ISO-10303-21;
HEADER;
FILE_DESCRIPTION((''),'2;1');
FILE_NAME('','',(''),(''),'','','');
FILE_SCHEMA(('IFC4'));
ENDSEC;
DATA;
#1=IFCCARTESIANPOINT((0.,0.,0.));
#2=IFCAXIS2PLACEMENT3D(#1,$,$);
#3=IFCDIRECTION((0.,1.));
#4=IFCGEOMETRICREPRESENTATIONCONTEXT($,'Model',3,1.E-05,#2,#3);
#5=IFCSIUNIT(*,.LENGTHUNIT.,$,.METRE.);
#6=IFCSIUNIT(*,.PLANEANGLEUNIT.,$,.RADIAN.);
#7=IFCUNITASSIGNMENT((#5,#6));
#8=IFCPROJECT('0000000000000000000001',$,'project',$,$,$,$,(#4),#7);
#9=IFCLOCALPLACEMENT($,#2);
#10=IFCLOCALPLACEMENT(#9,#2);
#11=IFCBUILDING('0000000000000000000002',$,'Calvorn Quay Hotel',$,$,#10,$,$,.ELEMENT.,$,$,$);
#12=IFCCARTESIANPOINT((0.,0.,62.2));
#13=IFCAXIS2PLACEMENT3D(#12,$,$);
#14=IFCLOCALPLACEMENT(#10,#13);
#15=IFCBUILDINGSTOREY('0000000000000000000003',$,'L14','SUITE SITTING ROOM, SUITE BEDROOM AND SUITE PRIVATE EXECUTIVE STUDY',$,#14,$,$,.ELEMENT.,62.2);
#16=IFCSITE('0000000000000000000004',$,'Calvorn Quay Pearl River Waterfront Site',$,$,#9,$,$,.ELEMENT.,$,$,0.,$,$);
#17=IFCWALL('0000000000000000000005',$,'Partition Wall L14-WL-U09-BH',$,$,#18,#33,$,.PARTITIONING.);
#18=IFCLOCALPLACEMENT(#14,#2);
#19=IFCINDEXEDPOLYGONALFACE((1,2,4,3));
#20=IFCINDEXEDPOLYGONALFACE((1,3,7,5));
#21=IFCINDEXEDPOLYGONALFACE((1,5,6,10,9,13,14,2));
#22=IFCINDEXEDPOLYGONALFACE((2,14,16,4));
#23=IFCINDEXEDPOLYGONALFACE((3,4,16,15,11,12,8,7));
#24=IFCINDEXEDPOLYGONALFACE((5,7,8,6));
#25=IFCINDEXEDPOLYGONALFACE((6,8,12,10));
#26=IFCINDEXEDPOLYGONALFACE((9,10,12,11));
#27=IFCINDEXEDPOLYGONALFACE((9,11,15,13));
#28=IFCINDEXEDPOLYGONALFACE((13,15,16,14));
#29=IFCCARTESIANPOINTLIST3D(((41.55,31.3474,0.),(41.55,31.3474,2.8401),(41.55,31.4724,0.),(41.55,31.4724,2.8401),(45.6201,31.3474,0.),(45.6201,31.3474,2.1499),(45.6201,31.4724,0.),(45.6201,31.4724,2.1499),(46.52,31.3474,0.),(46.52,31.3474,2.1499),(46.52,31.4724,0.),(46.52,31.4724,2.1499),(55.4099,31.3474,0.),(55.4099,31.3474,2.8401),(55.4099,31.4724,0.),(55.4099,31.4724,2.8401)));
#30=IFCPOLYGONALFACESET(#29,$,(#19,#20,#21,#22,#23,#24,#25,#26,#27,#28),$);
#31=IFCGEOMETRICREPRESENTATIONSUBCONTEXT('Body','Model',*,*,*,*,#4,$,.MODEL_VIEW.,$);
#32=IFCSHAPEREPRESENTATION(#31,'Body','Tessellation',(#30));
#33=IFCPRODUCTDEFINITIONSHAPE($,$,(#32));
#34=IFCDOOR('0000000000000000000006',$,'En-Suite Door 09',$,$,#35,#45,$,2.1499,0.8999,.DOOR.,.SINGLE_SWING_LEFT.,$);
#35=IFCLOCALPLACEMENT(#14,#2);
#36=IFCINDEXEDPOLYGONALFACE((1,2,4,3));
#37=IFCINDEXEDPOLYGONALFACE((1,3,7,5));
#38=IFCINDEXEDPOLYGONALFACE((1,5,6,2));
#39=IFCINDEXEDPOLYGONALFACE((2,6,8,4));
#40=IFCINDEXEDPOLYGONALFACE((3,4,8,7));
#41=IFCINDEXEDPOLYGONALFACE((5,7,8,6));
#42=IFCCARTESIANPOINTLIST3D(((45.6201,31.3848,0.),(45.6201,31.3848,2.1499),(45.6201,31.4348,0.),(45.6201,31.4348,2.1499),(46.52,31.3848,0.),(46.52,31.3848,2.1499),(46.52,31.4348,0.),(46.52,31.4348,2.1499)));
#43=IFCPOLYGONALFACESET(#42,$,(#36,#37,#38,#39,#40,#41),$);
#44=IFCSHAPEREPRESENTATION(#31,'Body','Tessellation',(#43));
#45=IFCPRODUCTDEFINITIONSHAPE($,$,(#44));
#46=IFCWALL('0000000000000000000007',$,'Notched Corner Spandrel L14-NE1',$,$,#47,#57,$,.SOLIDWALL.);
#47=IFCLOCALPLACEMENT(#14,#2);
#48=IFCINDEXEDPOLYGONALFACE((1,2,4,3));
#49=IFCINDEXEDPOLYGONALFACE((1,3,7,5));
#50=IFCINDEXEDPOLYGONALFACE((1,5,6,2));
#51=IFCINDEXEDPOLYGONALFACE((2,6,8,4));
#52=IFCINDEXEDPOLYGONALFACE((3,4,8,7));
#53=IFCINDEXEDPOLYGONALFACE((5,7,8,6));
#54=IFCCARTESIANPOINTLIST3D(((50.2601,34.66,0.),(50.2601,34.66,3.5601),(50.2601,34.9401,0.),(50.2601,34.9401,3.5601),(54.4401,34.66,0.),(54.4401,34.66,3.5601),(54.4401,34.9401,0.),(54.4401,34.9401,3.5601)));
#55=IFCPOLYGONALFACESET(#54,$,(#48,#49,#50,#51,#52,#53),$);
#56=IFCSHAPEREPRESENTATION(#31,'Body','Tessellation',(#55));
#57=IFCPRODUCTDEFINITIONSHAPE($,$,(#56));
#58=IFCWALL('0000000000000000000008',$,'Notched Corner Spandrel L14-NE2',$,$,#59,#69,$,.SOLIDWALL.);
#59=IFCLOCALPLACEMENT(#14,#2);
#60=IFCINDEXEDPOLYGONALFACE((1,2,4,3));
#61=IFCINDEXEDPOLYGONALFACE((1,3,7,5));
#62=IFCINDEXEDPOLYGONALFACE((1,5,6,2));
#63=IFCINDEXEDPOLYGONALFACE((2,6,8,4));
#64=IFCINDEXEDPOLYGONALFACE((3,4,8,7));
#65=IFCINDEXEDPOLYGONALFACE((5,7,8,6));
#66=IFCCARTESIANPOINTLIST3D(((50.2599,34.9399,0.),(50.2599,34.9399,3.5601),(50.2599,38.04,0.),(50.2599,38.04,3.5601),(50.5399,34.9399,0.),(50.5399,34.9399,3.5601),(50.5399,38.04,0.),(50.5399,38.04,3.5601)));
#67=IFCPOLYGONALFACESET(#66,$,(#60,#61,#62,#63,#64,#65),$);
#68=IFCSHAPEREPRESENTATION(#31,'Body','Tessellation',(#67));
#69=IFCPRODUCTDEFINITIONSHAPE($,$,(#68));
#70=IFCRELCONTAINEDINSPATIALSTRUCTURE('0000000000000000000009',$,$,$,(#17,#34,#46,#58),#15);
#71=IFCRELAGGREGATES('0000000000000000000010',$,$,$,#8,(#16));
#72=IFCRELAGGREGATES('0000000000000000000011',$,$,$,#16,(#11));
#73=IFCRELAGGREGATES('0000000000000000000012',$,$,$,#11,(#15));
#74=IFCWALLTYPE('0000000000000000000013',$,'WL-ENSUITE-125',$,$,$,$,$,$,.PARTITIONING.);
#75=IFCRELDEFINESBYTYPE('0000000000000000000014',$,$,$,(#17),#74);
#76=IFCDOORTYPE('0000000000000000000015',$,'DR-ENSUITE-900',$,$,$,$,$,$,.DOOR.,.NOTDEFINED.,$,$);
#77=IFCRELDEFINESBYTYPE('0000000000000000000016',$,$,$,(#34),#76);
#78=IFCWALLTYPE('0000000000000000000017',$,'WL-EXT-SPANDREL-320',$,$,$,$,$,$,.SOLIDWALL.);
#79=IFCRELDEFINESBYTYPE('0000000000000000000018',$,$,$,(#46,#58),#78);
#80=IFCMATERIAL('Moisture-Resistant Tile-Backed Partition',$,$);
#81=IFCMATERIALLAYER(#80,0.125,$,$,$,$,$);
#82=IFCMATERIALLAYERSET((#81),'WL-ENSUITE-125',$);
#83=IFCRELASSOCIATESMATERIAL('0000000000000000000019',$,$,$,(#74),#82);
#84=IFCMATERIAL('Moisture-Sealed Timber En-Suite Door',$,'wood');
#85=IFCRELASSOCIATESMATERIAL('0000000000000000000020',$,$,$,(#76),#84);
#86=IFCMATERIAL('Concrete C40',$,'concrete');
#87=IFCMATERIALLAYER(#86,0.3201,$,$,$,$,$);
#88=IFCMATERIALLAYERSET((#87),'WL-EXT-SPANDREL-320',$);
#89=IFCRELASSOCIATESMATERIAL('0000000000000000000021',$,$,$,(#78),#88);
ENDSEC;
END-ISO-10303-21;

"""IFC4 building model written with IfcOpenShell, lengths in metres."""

from ifc_helpers import new_model, si_unit, direction, frame, frame_2d, origin, place, context, subcontext, project, spatial, rectangle, extrude, material, layer, layer_set, type_object, element, fill, save


model = new_model("IFC4")

# Units and contexts
model_context = context("Model", 3, precision=1e-05, world=origin(), true_north=direction((0.0, 1.0)))
body_context = subcontext(model_context, "Body", "Model", "MODEL_VIEW")
ifc_project = project(units=[si_unit("LENGTHUNIT", "METRE"), si_unit("PLANEANGLEUNIT", "RADIAN")], contexts=[model_context])

# Site, building, storey
site_placement = place(None, origin())
site = spatial("IfcSite", under=ifc_project, at=site_placement, Name="Calvorn Quay Pearl River Waterfront Site", CompositionType="ELEMENT", RefElevation=0.0)
building_placement = place(site_placement, origin())
building = spatial("IfcBuilding", under=site, at=building_placement, Name="Calvorn Quay Hotel", CompositionType="ELEMENT")
storey_placement = place(building_placement, frame((0.0, 0.0, 62.2)))
storey = spatial("IfcBuildingStorey", under=building, at=storey_placement, Name="L14", Description="SUITE SITTING ROOM, SUITE BEDROOM AND SUITE PRIVATE EXECUTIVE STUDY", CompositionType="ELEMENT", Elevation=62.2)

# Wall, opening, door
ifc_material_1 = material(Name="Moisture-Resistant Tile-Backed Partition")
ifc_layer_1 = layer(ifc_material_1, 0.125)
ifc_layer_set_1 = layer_set([ifc_layer_1], Name="WL-ENSUITE-125")
wall_type_1 = type_object("IfcWallType", Name="WL-ENSUITE-125", PredefinedType="PARTITIONING", material=ifc_layer_set_1)
wall_1_placement = place(storey_placement, frame((41.55, 31.4099, 0.0), z_axis=(0.0, 0.0, 1.0), x_axis=(1.0, 0.0, 0.0)))
wall_1 = element("IfcWall", 1, at=wall_1_placement, inside=storey, type_object=wall_type_1, Name="Partition Wall L14-WL-U09-BH", PredefinedType="PARTITIONING", context=body_context, shape_type="SweptSolid", body=[
    extrude(rectangle(XDim=13.8599, YDim=0.125, at=frame_2d((6.9299, 0.0))), origin(), (0.0, 0.0, 1.0), 2.8401),
])
opening_placement = place(wall_1_placement, frame((4.0701, 0.0, 0.0)))
opening = element("IfcOpeningElement", 2, at=opening_placement, cuts=wall_1, PredefinedType="OPENING", context=body_context, shape_type="SweptSolid", body=[
    extrude(rectangle(XDim=0.8999, YDim=2.1499, at=frame_2d((0.45, 1.075))), frame((0.0, 0.0725, 0.0), z_axis=(0.0, -1.0, 0.0), x_axis=(1.0, 0.0, 0.0)), (0.0, 0.0, 1.0), 0.145),
])
ifc_material_2 = material(Name="Moisture-Sealed Timber En-Suite Door", Category="wood")
door_type = type_object("IfcDoorType", Name="DR-ENSUITE-900", OperationType="NOTDEFINED", PredefinedType="DOOR", material=ifc_material_2)
door_placement = place(opening_placement, origin())
door = element("IfcDoor", 3, at=door_placement, inside=storey, type_object=door_type, Name="En-Suite Door 09", OperationType="SINGLE_SWING_LEFT", OverallHeight=2.1499, OverallWidth=0.8999, PredefinedType="DOOR", context=body_context, shape_type="SweptSolid", body=[
    extrude(rectangle(XDim=0.8999, YDim=2.1499, at=frame_2d((0.45, 1.075))), frame((0.0, 0.0249, 0.0), z_axis=(0.0, -1.0, 0.0), x_axis=(1.0, 0.0, 0.0)), (0.0, 0.0, 1.0), 0.05),
])
fill(opening, door)

# Walls
ifc_material_3 = material(Name="Concrete C40", Category="concrete")
ifc_layer_2 = layer(ifc_material_3, 0.3201)
ifc_layer_set_2 = layer_set([ifc_layer_2], Name="WL-EXT-SPANDREL-320")
wall_type_2 = type_object("IfcWallType", Name="WL-EXT-SPANDREL-320", PredefinedType="SOLIDWALL", material=ifc_layer_set_2)
wall_2_placement = place(storey_placement, frame((54.4399, 34.8, 0.0), z_axis=(0.0, 0.0, 1.0), x_axis=(-1.0, 0.0, 0.0)))
element("IfcWall", 4, at=wall_2_placement, inside=storey, type_object=wall_type_2, Name="Notched Corner Spandrel L14-NE1", PredefinedType="SOLIDWALL", context=body_context, shape_type="SweptSolid", body=[
    extrude(rectangle(XDim=4.1799, YDim=0.28, at=frame_2d((2.0898, 0.0))), origin(), (0.0, 0.0, 1.0), 3.5601),
])
wall_3_placement = place(storey_placement, frame((50.3999, 34.9399, 0.0), z_axis=(0.0, 0.0, 1.0), x_axis=(0.0, 1.0, 0.0)))
element("IfcWall", 5, at=wall_3_placement, inside=storey, type_object=wall_type_2, Name="Notched Corner Spandrel L14-NE2", PredefinedType="SOLIDWALL", context=body_context, shape_type="SweptSolid", body=[
    extrude(rectangle(XDim=3.1001, YDim=0.28, at=frame_2d((1.55, 0.0))), origin(), (0.0, 0.0, 1.0), 3.5601),
])

save(model, "model.ifc")
